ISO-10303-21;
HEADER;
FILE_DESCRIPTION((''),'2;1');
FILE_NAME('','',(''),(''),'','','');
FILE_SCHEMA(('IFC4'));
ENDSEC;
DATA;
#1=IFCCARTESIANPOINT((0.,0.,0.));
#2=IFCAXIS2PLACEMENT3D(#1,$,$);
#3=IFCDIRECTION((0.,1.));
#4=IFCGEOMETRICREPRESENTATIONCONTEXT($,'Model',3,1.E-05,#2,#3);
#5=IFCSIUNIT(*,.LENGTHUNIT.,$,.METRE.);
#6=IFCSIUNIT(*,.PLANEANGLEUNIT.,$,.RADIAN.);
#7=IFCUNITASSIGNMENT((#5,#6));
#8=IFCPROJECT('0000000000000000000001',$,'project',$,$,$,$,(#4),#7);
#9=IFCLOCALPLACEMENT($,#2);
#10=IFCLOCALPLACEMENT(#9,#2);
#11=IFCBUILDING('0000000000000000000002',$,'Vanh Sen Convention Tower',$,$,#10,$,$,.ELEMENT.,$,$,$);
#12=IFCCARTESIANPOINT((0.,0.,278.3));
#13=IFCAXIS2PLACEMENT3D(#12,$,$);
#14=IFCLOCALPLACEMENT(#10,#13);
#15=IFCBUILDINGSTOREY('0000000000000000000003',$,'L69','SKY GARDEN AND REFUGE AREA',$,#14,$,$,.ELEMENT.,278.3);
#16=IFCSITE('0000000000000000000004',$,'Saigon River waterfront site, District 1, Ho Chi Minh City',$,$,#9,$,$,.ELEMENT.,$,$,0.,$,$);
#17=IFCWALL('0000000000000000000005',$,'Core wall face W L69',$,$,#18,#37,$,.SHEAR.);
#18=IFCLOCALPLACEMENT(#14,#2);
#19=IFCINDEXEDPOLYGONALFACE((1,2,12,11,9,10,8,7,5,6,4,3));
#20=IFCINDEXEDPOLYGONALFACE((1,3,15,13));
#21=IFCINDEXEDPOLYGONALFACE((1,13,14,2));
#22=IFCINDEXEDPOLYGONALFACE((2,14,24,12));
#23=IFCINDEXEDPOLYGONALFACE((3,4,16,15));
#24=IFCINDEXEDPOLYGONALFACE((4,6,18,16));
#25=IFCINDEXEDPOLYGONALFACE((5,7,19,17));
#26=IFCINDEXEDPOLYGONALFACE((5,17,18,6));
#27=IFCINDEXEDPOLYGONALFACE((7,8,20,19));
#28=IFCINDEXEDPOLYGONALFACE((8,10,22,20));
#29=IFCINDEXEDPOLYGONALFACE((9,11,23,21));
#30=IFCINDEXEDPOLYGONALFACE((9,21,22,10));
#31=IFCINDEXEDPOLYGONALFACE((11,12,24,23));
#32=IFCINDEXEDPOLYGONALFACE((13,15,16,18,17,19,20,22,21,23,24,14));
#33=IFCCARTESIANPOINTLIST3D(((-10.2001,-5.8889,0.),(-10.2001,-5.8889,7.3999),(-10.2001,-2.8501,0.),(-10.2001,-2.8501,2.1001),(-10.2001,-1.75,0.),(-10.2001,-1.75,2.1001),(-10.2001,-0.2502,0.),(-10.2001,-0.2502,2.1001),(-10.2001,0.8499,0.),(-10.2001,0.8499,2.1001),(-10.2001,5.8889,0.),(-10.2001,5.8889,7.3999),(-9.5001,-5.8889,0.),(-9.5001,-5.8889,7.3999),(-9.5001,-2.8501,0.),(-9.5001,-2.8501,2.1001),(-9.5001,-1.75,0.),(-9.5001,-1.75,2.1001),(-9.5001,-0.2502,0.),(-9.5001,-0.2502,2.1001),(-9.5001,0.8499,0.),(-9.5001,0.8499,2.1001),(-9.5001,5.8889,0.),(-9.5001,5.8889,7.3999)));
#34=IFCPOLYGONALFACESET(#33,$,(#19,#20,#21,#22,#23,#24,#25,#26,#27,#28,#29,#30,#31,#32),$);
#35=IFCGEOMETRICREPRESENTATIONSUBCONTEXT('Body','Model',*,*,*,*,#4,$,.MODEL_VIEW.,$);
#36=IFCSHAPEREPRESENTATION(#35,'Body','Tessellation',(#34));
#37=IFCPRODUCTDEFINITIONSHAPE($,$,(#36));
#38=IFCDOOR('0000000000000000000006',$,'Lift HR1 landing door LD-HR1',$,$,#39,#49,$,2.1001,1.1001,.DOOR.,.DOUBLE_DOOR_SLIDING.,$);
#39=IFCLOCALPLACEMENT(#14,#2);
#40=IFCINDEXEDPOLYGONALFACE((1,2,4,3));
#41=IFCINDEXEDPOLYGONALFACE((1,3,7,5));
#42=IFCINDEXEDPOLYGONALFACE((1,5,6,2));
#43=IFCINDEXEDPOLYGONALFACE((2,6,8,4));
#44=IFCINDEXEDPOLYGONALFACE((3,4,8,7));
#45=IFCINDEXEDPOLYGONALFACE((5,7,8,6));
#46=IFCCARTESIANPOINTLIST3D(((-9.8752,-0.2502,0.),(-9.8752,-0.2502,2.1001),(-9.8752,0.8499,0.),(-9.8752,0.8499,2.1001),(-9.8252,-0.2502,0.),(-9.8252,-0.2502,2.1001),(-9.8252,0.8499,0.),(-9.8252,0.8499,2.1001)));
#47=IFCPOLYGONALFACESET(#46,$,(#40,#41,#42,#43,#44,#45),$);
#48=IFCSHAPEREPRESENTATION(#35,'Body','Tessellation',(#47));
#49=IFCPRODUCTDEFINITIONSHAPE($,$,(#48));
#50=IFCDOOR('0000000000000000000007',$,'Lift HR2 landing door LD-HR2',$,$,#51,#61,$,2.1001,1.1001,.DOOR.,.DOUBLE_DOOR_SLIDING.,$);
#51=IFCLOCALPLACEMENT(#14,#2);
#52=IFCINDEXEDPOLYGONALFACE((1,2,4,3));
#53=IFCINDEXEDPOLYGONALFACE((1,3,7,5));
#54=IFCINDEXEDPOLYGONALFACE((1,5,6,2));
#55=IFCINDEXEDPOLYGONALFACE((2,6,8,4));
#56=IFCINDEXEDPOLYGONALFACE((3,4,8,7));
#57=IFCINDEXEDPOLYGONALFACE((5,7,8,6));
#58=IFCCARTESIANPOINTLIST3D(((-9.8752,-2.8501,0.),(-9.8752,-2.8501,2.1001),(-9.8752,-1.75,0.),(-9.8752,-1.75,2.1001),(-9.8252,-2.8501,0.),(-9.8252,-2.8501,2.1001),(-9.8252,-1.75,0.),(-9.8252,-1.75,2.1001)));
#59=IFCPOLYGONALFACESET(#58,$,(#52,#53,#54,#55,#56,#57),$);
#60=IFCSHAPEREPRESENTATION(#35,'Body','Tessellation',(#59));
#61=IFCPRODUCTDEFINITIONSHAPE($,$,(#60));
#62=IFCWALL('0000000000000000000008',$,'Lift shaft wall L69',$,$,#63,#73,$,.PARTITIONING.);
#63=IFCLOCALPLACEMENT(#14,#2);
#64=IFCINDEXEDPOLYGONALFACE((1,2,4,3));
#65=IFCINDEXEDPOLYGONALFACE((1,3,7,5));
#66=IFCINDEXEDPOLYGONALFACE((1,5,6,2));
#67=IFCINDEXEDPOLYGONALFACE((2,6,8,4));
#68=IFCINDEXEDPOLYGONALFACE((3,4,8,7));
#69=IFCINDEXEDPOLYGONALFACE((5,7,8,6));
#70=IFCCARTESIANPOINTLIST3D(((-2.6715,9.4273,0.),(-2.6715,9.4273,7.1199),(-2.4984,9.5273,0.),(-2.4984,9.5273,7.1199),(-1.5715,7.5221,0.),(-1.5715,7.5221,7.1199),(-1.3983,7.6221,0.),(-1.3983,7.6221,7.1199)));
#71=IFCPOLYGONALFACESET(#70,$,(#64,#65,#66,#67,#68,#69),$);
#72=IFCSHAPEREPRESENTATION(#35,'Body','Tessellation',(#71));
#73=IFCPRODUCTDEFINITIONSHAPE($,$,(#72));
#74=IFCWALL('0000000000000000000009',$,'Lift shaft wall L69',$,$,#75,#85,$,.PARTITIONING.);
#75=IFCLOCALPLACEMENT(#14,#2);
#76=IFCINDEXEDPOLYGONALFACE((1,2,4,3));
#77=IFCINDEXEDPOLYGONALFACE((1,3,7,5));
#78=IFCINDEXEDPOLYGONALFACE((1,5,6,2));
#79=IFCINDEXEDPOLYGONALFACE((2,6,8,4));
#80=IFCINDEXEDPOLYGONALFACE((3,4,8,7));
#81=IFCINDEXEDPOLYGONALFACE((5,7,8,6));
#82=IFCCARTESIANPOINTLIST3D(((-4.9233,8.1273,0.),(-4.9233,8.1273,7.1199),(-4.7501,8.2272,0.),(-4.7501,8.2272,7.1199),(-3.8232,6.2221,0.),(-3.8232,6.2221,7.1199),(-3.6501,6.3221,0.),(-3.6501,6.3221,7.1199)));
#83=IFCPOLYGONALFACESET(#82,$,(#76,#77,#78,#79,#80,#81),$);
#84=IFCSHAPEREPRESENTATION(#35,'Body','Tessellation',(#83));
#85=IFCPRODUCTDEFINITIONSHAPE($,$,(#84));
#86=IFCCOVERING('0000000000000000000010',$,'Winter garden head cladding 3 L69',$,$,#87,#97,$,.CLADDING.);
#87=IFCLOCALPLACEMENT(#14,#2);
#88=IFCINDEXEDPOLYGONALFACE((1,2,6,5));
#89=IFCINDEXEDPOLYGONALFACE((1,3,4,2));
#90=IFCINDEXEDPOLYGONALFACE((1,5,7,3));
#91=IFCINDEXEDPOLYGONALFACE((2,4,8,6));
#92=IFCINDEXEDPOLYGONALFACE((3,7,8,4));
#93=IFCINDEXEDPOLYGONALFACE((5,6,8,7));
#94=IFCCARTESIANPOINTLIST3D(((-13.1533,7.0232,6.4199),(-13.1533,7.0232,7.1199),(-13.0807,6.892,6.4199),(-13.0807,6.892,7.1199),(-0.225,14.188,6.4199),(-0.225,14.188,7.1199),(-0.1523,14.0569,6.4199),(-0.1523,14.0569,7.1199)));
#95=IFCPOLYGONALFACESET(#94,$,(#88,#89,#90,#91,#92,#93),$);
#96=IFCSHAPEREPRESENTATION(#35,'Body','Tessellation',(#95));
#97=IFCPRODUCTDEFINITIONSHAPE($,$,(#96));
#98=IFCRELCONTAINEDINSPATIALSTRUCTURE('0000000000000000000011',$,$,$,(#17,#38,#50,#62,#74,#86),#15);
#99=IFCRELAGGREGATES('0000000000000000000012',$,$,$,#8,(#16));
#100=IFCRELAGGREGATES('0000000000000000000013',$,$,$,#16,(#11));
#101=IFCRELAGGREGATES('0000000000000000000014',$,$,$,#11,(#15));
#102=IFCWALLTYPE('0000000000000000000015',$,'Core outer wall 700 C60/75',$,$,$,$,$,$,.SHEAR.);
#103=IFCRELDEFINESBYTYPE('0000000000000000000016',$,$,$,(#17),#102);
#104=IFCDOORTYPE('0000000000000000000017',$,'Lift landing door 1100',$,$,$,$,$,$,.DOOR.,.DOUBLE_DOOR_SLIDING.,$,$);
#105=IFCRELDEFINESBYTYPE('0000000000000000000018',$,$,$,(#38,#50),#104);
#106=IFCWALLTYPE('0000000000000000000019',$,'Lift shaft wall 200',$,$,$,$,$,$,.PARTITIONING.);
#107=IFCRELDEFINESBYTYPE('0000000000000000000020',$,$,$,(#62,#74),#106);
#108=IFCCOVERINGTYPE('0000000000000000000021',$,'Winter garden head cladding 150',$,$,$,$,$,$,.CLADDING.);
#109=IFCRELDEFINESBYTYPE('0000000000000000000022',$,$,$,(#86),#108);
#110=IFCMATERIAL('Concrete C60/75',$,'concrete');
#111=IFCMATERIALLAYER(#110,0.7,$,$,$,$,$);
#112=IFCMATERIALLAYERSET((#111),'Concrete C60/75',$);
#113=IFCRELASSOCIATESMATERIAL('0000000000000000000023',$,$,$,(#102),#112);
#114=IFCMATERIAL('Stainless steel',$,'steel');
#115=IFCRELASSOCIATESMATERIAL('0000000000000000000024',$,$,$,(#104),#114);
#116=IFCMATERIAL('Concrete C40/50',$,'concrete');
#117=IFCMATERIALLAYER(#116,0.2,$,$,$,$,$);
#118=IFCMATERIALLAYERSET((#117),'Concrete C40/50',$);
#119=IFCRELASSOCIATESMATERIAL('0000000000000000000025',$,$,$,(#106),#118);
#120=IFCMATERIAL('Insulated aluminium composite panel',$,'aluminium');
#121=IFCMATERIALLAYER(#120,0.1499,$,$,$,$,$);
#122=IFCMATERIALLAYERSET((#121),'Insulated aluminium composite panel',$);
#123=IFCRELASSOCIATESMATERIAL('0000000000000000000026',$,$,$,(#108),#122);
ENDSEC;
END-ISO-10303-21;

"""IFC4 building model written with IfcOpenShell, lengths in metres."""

from ifc_helpers import new_model, si_unit, direction, frame, frame_2d, origin, origin_2d, place, context, subcontext, project, spatial, rectangle, extrude, material, layer, layer_set, type_object, element, fill, save


model = new_model("IFC4")

# Units and contexts
model_context = context("Model", 3, precision=1e-05, world=origin(), true_north=direction((0.0, 1.0)))
body_context = subcontext(model_context, "Body", "Model", "MODEL_VIEW")
ifc_project = project(units=[si_unit("LENGTHUNIT", "METRE"), si_unit("PLANEANGLEUNIT", "RADIAN")], contexts=[model_context])

# Site, building, storey
site_placement = place(None, origin())
site = spatial("IfcSite", under=ifc_project, at=site_placement, Name="Saigon River waterfront site, District 1, Ho Chi Minh City", CompositionType="ELEMENT", RefElevation=0.0)
building_placement = place(site_placement, origin())
building = spatial("IfcBuilding", under=site, at=building_placement, Name="Vanh Sen Convention Tower", CompositionType="ELEMENT")
storey_placement = place(building_placement, frame((0.0, 0.0, 278.3)))
storey = spatial("IfcBuildingStorey", under=building, at=storey_placement, Name="L69", Description="SKY GARDEN AND REFUGE AREA", CompositionType="ELEMENT", Elevation=278.3)

# Wall, openings, doors
ifc_material_1 = material(Name="Concrete C60/75", Category="concrete")
ifc_layer_1 = layer(ifc_material_1, 0.7)
ifc_layer_set_1 = layer_set([ifc_layer_1], Name="Concrete C60/75")
wall_type_1 = type_object("IfcWallType", Name="Core outer wall 700 C60/75", PredefinedType="SHEAR", material=ifc_layer_set_1)
wall_placement = place(storey_placement, frame((-9.8501, 5.8889, 0.0), z_axis=(0.0, 0.0, 1.0), x_axis=(0.0, -1.0, 0.0)))
wall = element("IfcWall", 1, at=wall_placement, inside=storey, type_object=wall_type_1, Name="Core wall face W L69", PredefinedType="SHEAR", context=body_context, shape_type="SweptSolid", body=[
    extrude(rectangle(XDim=11.7778, YDim=0.7, at=frame_2d((5.8889, 0.0))), origin(), (0.0, 0.0, 1.0), 7.3999),
])
opening_1_placement = place(wall_placement, frame((5.0391, 0.0, 0.0)))
opening_1 = element("IfcOpeningElement", 2, at=opening_1_placement, cuts=wall, PredefinedType="OPENING", context=body_context, shape_type="SweptSolid", body=[
    extrude(rectangle(XDim=1.1001, YDim=2.1001, at=frame_2d((0.55, 1.05))), frame((0.0, 0.3599, 0.0), z_axis=(0.0, -1.0, 0.0), x_axis=(1.0, 0.0, 0.0)), (0.0, 0.0, 1.0), 0.72),
])
opening_2_placement = place(wall_placement, frame((7.6389, 0.0, 0.0)))
opening_2 = element("IfcOpeningElement", 3, at=opening_2_placement, cuts=wall, PredefinedType="OPENING", context=body_context, shape_type="SweptSolid", body=[
    extrude(rectangle(XDim=1.1001, YDim=2.1001, at=frame_2d((0.55, 1.05))), frame((0.0, 0.3599, 0.0), z_axis=(0.0, -1.0, 0.0), x_axis=(1.0, 0.0, 0.0)), (0.0, 0.0, 1.0), 0.72),
])
ifc_material_2 = material(Name="Stainless steel", Category="steel")
door_type = type_object("IfcDoorType", Name="Lift landing door 1100", OperationType="DOUBLE_DOOR_SLIDING", PredefinedType="DOOR", material=ifc_material_2)
door_1_placement = place(opening_1_placement, origin())
door_1 = element("IfcDoor", 4, at=door_1_placement, inside=storey, type_object=door_type, Name="Lift HR1 landing door LD-HR1", OperationType="DOUBLE_DOOR_SLIDING", OverallHeight=2.1001, OverallWidth=1.1001, PredefinedType="DOOR", context=body_context, shape_type="SweptSolid", body=[
    extrude(rectangle(XDim=1.1001, YDim=2.1001, at=frame_2d((0.55, 1.05))), frame((0.0, 0.0249, 0.0), z_axis=(0.0, -1.0, 0.0), x_axis=(1.0, 0.0, 0.0)), (0.0, 0.0, 1.0), 0.05),
])
fill(opening_1, door_1)
door_2_placement = place(opening_2_placement, origin())
door_2 = element("IfcDoor", 5, at=door_2_placement, inside=storey, type_object=door_type, Name="Lift HR2 landing door LD-HR2", OperationType="DOUBLE_DOOR_SLIDING", OverallHeight=2.1001, OverallWidth=1.1001, PredefinedType="DOOR", context=body_context, shape_type="SweptSolid", body=[
    extrude(rectangle(XDim=1.1001, YDim=2.1001, at=frame_2d((0.55, 1.05))), frame((0.0, 0.0249, 0.0), z_axis=(0.0, -1.0, 0.0), x_axis=(1.0, 0.0, 0.0)), (0.0, 0.0, 1.0), 0.05),
])
fill(opening_2, door_2)

# Walls
ifc_material_3 = material(Name="Concrete C40/50", Category="concrete")
ifc_layer_2 = layer(ifc_material_3, 0.2)
ifc_layer_set_2 = layer_set([ifc_layer_2], Name="Concrete C40/50")
wall_type_2 = type_object("IfcWallType", Name="Lift shaft wall 200", PredefinedType="PARTITIONING", material=ifc_layer_set_2)
for number, where, z_axis, x_axis, name in (
    (6, (-1.4849, 7.572, 0.0), (0.0, 0.0, 1.0), (-0.50003, 0.866008, 0.0), "Lift shaft wall L69"),
    (7, (-3.7366, 6.272, 0.0), (0.0, 0.0, 1.0), (-0.50003, 0.866008, 0.0), "Lift shaft wall L69"),
):
    element("IfcWall", number, at=place(storey_placement, frame(where, z_axis=z_axis, x_axis=x_axis)), inside=storey, type_object=wall_type_2, Name=name, PredefinedType="PARTITIONING", context=body_context, shape_type="SweptSolid", body=[
        extrude(rectangle(XDim=2.2, YDim=0.2, at=frame_2d((1.1001, 0.0))), origin(), (0.0, 0.0, 1.0), 7.1199),
    ])

# Covering
ifc_material_4 = material(Name="Insulated aluminium composite panel", Category="aluminium")
ifc_layer_3 = layer(ifc_material_4, 0.1499)
ifc_layer_set_3 = layer_set([ifc_layer_3], Name="Insulated aluminium composite panel")
covering_type = type_object("IfcCoveringType", Name="Winter garden head cladding 150", PredefinedType="CLADDING", material=ifc_layer_set_3)
covering_placement = place(storey_placement, frame((-6.6528, 10.54, 6.4199), z_axis=(0.0, 0.0, 1.0), x_axis=(0.87466, 0.484736, 0.0)))
element("IfcCovering", 8, at=covering_placement, inside=storey, type_object=covering_type, Name="Winter garden head cladding 3 L69", PredefinedType="CLADDING", context=body_context, shape_type="SweptSolid", body=[
    extrude(rectangle(XDim=14.781, YDim=0.1499, at=origin_2d()), origin(), (0.0, 0.0, 1.0), 0.7),
])

save(model, "model.ifc")
